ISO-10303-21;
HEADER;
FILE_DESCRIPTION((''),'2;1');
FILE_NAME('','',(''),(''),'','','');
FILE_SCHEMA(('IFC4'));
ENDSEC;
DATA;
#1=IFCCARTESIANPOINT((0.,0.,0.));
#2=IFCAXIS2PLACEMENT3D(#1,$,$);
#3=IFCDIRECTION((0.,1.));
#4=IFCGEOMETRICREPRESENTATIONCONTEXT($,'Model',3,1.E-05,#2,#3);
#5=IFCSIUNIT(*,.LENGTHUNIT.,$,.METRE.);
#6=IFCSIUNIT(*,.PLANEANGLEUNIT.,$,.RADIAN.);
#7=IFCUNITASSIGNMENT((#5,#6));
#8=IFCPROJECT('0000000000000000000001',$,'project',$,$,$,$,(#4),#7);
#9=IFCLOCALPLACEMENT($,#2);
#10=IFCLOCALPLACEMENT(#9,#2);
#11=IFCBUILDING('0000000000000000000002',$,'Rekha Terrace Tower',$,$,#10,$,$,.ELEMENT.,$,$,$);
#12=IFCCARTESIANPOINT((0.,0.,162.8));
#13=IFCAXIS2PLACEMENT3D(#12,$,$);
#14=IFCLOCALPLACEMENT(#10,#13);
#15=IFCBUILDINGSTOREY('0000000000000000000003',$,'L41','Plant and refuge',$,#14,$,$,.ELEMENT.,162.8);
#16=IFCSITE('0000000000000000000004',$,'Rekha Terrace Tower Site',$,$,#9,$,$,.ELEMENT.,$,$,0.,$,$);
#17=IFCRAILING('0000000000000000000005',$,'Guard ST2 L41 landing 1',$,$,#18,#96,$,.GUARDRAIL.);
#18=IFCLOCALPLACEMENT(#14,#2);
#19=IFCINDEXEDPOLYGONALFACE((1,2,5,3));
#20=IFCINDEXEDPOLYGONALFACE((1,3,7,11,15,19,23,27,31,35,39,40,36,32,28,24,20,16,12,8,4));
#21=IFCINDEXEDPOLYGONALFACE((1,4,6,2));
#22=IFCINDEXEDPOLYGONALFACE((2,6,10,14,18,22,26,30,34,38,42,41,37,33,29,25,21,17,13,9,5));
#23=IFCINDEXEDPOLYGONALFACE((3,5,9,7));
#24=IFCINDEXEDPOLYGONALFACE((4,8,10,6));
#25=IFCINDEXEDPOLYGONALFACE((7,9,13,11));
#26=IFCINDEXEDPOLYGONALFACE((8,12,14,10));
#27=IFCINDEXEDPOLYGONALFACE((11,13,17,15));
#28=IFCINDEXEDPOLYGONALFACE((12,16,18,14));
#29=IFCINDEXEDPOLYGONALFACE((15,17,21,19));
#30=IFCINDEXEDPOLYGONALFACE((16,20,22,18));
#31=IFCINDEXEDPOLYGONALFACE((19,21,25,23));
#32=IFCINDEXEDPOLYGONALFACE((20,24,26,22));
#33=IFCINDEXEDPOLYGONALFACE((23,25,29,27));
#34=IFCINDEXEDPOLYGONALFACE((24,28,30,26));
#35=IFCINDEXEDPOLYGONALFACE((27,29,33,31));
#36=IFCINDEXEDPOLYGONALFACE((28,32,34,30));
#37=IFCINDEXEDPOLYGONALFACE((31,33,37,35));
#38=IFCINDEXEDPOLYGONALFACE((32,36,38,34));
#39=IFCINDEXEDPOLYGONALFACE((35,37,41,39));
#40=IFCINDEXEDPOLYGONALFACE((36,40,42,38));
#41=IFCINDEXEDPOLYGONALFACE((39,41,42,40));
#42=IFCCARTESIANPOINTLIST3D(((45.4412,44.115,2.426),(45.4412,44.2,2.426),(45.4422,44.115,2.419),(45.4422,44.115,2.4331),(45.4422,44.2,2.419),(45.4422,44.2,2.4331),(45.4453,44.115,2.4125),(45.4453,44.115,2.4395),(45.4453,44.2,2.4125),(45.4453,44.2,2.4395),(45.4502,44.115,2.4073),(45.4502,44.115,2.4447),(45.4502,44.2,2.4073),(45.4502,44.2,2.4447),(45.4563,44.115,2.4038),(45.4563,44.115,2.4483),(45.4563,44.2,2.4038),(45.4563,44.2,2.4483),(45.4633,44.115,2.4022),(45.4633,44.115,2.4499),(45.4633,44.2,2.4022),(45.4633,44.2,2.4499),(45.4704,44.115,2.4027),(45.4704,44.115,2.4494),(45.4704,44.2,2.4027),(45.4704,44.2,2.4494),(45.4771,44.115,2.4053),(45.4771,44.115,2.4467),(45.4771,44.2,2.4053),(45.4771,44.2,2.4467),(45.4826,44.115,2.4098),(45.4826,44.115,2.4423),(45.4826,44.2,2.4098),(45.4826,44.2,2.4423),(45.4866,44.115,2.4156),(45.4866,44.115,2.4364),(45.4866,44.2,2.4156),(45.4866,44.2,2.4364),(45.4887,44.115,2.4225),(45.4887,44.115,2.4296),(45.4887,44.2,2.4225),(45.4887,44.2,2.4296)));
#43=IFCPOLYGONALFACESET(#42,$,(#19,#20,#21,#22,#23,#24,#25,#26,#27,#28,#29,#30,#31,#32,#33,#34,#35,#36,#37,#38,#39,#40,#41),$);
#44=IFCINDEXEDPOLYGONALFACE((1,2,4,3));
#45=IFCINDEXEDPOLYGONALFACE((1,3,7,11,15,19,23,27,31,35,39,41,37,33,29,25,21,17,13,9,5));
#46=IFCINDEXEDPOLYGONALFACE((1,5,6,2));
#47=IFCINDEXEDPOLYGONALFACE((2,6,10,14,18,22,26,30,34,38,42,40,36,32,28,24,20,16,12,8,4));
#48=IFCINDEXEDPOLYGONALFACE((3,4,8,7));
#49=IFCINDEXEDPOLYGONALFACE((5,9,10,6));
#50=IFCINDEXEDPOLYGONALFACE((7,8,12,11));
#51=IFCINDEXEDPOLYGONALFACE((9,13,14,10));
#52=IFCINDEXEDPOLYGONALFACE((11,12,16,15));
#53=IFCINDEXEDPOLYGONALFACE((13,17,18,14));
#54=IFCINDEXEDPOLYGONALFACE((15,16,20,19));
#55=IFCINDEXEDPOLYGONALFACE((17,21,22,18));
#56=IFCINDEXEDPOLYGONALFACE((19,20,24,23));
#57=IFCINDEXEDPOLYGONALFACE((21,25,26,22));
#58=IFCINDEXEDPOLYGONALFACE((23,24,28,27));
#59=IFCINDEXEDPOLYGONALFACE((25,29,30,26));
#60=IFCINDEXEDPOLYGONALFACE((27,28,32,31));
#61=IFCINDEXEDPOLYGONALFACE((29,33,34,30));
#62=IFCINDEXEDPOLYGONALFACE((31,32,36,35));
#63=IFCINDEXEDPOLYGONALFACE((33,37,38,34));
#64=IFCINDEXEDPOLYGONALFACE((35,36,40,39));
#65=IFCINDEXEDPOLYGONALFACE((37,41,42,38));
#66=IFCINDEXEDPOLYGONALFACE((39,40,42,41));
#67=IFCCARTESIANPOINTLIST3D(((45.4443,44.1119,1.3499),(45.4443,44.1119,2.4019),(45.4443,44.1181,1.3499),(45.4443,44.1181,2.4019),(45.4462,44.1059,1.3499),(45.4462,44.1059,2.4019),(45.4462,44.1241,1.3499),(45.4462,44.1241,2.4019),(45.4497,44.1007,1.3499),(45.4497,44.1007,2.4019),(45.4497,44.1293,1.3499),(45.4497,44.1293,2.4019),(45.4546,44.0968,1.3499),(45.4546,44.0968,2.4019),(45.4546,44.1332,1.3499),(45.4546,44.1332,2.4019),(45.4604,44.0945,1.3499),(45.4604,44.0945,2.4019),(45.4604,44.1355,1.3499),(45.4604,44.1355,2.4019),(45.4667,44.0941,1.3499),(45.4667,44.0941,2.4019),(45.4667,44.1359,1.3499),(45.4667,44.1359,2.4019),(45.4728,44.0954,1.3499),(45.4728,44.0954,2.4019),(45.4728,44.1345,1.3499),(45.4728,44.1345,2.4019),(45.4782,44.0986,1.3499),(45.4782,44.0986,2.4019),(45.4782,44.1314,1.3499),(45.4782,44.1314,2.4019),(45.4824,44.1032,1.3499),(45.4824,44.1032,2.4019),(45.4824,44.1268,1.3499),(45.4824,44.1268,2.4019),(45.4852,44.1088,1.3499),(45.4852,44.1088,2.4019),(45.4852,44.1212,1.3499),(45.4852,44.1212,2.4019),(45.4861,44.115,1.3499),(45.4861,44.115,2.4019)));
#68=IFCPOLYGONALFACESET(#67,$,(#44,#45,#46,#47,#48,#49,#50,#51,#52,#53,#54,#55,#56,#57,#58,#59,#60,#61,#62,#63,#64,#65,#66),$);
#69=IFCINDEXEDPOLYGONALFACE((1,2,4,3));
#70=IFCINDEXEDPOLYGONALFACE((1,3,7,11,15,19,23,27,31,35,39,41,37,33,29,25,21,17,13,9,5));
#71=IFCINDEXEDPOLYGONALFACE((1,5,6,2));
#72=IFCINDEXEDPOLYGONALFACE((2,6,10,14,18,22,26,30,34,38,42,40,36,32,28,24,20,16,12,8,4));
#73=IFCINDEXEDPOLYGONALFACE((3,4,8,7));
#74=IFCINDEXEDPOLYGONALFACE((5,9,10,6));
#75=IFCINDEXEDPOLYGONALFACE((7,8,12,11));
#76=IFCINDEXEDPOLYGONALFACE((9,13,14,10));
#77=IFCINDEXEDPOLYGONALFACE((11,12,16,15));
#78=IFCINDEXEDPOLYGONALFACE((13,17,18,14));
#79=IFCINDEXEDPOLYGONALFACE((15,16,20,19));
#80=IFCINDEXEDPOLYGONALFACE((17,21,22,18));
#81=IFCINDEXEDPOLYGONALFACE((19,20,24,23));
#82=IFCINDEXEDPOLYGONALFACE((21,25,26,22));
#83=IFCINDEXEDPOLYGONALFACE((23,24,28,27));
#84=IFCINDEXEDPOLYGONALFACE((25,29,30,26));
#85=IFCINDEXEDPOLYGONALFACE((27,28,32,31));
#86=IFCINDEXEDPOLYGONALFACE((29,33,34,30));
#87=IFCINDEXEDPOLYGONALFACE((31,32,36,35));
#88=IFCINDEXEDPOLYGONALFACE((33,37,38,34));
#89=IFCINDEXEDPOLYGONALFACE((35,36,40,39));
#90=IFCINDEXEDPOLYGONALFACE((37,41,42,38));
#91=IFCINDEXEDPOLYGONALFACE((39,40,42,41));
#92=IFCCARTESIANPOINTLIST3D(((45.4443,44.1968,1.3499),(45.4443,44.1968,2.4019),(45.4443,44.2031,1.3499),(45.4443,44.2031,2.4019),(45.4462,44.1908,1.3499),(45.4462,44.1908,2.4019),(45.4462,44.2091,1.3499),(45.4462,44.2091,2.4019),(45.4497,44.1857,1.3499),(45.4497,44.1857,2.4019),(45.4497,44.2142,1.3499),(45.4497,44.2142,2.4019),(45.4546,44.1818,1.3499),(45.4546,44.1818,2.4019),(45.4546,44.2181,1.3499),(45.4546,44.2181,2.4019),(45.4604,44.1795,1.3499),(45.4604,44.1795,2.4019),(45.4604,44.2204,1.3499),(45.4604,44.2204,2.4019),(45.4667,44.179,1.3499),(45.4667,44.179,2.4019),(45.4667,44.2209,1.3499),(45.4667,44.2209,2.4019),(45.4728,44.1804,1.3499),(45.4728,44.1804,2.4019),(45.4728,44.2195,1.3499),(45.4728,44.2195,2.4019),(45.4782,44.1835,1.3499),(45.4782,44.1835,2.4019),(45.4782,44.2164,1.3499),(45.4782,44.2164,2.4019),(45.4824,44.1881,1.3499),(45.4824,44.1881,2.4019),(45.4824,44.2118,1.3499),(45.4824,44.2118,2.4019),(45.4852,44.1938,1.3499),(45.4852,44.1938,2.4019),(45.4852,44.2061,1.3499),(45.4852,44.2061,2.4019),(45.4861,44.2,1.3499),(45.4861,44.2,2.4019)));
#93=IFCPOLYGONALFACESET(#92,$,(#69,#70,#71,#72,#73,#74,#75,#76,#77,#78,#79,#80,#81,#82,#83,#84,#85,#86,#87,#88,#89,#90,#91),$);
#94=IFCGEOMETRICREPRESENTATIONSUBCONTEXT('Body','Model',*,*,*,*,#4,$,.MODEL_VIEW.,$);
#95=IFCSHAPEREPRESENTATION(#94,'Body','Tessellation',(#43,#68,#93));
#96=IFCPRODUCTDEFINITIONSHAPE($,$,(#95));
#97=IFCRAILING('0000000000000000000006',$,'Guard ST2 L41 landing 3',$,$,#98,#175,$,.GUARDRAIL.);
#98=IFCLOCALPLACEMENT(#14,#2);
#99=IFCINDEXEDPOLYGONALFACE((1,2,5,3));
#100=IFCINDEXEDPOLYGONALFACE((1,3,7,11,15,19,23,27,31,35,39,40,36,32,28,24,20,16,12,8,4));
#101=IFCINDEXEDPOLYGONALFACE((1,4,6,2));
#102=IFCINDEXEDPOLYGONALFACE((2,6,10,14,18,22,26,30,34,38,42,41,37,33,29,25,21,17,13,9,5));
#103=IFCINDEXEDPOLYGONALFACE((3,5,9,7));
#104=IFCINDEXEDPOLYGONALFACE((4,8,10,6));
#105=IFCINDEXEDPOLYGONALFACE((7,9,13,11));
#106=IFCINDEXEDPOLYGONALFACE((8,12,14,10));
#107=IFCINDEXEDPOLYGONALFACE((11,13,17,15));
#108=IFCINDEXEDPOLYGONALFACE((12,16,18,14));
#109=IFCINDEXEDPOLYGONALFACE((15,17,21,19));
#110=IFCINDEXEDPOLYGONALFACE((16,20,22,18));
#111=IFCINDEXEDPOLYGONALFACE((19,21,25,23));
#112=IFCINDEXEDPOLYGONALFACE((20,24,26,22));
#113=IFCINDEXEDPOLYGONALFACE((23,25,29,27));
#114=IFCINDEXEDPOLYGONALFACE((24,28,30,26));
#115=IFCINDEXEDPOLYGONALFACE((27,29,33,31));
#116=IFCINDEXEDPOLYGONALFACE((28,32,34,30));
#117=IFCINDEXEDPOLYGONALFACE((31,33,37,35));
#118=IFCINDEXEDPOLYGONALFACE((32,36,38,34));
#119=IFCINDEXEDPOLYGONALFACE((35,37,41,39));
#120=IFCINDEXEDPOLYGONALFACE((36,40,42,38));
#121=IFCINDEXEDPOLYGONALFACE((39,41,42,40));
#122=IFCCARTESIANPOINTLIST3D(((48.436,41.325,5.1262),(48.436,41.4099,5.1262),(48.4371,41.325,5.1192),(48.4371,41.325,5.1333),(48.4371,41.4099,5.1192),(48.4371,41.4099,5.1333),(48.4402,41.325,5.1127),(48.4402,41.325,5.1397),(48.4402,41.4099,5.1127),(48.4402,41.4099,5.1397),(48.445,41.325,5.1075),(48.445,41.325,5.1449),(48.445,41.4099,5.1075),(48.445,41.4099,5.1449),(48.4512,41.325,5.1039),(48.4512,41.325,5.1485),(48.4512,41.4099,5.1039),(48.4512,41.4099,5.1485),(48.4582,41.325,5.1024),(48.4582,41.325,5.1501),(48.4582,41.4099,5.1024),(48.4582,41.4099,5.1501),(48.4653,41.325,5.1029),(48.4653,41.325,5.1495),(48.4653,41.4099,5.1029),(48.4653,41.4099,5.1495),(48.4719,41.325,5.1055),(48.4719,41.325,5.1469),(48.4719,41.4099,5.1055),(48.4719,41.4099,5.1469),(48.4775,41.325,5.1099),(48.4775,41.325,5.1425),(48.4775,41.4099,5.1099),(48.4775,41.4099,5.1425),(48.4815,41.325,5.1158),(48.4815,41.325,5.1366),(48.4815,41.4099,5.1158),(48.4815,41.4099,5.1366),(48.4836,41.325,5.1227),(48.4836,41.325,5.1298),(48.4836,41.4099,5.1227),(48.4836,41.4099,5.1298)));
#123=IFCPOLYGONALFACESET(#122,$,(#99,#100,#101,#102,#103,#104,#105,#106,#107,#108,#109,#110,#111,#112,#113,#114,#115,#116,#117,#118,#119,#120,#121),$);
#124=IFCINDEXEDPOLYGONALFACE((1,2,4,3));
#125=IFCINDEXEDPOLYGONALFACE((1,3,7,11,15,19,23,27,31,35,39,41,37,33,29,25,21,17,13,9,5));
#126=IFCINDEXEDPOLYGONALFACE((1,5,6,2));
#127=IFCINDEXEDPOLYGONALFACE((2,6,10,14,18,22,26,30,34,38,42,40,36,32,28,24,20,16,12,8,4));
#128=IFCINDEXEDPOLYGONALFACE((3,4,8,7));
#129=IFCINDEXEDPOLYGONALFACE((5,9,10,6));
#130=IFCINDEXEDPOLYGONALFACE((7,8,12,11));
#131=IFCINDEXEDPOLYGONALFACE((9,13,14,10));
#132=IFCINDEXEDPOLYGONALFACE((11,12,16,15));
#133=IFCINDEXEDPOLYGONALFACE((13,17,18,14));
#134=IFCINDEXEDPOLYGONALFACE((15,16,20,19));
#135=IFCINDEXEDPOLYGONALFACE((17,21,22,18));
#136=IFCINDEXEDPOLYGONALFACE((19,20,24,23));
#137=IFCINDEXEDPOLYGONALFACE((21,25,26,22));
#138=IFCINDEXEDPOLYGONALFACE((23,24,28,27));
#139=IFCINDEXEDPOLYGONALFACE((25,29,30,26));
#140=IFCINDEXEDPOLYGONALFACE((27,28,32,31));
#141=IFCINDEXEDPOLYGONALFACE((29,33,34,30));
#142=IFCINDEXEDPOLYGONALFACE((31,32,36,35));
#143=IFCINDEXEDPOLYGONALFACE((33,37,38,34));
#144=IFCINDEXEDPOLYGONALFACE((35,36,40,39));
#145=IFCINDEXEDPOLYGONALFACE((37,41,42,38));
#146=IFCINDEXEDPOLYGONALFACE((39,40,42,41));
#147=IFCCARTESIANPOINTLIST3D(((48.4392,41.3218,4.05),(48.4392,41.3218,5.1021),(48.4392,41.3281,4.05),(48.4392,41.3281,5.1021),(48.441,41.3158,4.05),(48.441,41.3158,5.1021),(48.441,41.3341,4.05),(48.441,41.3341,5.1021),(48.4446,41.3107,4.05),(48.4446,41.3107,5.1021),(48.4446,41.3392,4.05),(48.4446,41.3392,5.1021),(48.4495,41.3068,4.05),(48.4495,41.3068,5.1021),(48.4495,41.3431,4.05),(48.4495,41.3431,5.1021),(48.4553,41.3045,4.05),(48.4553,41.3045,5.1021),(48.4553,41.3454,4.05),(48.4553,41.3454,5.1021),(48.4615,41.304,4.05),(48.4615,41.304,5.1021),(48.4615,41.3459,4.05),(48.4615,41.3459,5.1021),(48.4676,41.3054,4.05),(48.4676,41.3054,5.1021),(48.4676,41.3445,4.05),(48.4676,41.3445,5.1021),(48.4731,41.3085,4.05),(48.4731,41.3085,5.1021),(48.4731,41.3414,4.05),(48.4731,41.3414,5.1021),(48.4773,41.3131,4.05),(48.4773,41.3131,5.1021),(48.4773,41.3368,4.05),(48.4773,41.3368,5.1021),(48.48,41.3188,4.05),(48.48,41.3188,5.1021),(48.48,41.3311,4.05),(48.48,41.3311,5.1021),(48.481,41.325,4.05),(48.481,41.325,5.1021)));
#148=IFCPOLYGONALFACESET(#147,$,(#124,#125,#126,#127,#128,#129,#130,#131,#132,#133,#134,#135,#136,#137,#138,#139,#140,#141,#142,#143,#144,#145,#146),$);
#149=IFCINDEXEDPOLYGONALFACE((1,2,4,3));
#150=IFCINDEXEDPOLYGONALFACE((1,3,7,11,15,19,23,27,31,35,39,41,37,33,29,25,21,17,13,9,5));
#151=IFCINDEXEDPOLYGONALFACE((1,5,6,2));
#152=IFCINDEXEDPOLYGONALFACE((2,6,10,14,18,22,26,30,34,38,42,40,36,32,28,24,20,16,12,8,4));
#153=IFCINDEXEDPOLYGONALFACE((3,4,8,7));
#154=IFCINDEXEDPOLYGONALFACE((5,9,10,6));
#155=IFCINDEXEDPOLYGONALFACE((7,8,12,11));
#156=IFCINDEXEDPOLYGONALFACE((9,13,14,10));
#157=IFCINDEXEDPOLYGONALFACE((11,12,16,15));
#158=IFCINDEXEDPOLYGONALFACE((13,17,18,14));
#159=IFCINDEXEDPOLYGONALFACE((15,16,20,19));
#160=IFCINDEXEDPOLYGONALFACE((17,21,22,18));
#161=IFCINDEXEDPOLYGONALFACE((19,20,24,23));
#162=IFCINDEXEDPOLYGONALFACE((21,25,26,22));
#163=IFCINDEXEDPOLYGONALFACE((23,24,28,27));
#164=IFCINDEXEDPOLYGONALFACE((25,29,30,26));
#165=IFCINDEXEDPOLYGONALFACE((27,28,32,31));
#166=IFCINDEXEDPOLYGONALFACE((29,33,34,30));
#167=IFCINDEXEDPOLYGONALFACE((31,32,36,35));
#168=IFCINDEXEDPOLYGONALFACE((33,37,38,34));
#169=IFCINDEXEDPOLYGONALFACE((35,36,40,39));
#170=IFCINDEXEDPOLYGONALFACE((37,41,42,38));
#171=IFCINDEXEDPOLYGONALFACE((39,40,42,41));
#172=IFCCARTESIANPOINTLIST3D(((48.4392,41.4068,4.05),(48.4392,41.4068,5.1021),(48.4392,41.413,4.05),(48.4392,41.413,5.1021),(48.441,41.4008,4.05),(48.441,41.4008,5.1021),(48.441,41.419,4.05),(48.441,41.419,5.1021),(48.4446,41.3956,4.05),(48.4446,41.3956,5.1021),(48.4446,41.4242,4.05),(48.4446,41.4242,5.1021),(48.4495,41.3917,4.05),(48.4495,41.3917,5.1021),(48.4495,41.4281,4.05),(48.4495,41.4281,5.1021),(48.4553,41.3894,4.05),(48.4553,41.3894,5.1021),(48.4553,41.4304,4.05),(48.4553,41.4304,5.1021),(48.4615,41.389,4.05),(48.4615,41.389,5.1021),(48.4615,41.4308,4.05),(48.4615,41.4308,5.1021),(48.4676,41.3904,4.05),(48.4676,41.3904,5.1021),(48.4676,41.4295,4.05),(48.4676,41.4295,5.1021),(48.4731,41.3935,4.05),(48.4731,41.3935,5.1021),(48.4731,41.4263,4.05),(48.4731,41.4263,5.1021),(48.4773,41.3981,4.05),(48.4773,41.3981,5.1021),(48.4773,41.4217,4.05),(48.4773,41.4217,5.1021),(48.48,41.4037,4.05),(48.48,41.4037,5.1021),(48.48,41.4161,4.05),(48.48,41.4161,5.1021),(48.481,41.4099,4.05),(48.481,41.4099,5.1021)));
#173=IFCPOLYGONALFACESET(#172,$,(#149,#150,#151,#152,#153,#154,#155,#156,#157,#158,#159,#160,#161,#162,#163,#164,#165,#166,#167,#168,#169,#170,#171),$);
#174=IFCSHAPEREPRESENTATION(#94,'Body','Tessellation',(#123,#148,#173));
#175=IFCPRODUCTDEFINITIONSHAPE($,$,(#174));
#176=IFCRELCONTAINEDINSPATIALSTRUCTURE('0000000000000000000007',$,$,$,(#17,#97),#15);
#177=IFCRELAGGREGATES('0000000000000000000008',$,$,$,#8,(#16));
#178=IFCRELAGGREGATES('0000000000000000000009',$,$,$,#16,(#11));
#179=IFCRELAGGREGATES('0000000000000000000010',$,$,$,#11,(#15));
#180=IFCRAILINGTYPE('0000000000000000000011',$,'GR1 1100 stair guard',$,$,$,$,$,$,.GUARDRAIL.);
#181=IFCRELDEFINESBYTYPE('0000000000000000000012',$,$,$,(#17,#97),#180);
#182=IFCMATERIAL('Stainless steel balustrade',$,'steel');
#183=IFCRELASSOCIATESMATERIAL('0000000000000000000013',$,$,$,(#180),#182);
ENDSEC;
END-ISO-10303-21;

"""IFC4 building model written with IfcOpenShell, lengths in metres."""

from ifc_helpers import new_model, si_unit, direction, frame, origin, origin_2d, place, context, subcontext, project, spatial, circle, extrude, material, type_object, element, save


model = new_model("IFC4")

# Units and contexts
model_context = context("Model", 3, precision=1e-05, world=origin(), true_north=direction((0.0, 1.0)))
body_context = subcontext(model_context, "Body", "Model", "MODEL_VIEW")
ifc_project = project(units=[si_unit("LENGTHUNIT", "METRE"), si_unit("PLANEANGLEUNIT", "RADIAN")], contexts=[model_context])

# Site, building, storey
site_placement = place(None, origin())
site = spatial("IfcSite", under=ifc_project, at=site_placement, Name="Rekha Terrace Tower Site", CompositionType="ELEMENT", RefElevation=0.0)
building_placement = place(site_placement, origin())
building = spatial("IfcBuilding", under=site, at=building_placement, Name="Rekha Terrace Tower", CompositionType="ELEMENT")
storey_placement = place(building_placement, frame((0.0, 0.0, 162.8)))
storey = spatial("IfcBuildingStorey", under=building, at=storey_placement, Name="L41", Description="Plant and refuge", CompositionType="ELEMENT", Elevation=162.8)

# Railings
ifc_material_1 = material(Name="Stainless steel balustrade", Category="steel")
railing_type_1 = type_object("IfcRailingType", Name="GR1 1100 stair guard", PredefinedType="GUARDRAIL", material=ifc_material_1)
for number, where, name in (
    (1, (45.4651, 44.115, 1.3499), "Guard ST2 L41 landing 1"),
    (2, (48.46, 41.325, 4.05), "Guard ST2 L41 landing 3"),
):
    element("IfcRailing", number, at=place(storey_placement, frame(where)), inside=storey, type_object=railing_type_1, Name=name, PredefinedType="GUARDRAIL", context=body_context, shape_type="SweptSolid", body=[
        extrude(circle(Radius=0.0239, at=origin_2d()), frame((0.0, 0.0, 1.0762), z_axis=(0.0, 1.0, 0.0), x_axis=(-1.0, 0.0, 0.0)), (0.0, 0.0, 1.0), 0.085),
        extrude(circle(Radius=0.021, at=origin_2d()), origin(), (0.0, 0.0, 1.0), 1.052),
        extrude(circle(Radius=0.021, at=origin_2d()), frame((0.0, 0.085, 0.0)), (0.0, 0.0, 1.0), 1.052),
    ])

save(model, "model.ifc")
